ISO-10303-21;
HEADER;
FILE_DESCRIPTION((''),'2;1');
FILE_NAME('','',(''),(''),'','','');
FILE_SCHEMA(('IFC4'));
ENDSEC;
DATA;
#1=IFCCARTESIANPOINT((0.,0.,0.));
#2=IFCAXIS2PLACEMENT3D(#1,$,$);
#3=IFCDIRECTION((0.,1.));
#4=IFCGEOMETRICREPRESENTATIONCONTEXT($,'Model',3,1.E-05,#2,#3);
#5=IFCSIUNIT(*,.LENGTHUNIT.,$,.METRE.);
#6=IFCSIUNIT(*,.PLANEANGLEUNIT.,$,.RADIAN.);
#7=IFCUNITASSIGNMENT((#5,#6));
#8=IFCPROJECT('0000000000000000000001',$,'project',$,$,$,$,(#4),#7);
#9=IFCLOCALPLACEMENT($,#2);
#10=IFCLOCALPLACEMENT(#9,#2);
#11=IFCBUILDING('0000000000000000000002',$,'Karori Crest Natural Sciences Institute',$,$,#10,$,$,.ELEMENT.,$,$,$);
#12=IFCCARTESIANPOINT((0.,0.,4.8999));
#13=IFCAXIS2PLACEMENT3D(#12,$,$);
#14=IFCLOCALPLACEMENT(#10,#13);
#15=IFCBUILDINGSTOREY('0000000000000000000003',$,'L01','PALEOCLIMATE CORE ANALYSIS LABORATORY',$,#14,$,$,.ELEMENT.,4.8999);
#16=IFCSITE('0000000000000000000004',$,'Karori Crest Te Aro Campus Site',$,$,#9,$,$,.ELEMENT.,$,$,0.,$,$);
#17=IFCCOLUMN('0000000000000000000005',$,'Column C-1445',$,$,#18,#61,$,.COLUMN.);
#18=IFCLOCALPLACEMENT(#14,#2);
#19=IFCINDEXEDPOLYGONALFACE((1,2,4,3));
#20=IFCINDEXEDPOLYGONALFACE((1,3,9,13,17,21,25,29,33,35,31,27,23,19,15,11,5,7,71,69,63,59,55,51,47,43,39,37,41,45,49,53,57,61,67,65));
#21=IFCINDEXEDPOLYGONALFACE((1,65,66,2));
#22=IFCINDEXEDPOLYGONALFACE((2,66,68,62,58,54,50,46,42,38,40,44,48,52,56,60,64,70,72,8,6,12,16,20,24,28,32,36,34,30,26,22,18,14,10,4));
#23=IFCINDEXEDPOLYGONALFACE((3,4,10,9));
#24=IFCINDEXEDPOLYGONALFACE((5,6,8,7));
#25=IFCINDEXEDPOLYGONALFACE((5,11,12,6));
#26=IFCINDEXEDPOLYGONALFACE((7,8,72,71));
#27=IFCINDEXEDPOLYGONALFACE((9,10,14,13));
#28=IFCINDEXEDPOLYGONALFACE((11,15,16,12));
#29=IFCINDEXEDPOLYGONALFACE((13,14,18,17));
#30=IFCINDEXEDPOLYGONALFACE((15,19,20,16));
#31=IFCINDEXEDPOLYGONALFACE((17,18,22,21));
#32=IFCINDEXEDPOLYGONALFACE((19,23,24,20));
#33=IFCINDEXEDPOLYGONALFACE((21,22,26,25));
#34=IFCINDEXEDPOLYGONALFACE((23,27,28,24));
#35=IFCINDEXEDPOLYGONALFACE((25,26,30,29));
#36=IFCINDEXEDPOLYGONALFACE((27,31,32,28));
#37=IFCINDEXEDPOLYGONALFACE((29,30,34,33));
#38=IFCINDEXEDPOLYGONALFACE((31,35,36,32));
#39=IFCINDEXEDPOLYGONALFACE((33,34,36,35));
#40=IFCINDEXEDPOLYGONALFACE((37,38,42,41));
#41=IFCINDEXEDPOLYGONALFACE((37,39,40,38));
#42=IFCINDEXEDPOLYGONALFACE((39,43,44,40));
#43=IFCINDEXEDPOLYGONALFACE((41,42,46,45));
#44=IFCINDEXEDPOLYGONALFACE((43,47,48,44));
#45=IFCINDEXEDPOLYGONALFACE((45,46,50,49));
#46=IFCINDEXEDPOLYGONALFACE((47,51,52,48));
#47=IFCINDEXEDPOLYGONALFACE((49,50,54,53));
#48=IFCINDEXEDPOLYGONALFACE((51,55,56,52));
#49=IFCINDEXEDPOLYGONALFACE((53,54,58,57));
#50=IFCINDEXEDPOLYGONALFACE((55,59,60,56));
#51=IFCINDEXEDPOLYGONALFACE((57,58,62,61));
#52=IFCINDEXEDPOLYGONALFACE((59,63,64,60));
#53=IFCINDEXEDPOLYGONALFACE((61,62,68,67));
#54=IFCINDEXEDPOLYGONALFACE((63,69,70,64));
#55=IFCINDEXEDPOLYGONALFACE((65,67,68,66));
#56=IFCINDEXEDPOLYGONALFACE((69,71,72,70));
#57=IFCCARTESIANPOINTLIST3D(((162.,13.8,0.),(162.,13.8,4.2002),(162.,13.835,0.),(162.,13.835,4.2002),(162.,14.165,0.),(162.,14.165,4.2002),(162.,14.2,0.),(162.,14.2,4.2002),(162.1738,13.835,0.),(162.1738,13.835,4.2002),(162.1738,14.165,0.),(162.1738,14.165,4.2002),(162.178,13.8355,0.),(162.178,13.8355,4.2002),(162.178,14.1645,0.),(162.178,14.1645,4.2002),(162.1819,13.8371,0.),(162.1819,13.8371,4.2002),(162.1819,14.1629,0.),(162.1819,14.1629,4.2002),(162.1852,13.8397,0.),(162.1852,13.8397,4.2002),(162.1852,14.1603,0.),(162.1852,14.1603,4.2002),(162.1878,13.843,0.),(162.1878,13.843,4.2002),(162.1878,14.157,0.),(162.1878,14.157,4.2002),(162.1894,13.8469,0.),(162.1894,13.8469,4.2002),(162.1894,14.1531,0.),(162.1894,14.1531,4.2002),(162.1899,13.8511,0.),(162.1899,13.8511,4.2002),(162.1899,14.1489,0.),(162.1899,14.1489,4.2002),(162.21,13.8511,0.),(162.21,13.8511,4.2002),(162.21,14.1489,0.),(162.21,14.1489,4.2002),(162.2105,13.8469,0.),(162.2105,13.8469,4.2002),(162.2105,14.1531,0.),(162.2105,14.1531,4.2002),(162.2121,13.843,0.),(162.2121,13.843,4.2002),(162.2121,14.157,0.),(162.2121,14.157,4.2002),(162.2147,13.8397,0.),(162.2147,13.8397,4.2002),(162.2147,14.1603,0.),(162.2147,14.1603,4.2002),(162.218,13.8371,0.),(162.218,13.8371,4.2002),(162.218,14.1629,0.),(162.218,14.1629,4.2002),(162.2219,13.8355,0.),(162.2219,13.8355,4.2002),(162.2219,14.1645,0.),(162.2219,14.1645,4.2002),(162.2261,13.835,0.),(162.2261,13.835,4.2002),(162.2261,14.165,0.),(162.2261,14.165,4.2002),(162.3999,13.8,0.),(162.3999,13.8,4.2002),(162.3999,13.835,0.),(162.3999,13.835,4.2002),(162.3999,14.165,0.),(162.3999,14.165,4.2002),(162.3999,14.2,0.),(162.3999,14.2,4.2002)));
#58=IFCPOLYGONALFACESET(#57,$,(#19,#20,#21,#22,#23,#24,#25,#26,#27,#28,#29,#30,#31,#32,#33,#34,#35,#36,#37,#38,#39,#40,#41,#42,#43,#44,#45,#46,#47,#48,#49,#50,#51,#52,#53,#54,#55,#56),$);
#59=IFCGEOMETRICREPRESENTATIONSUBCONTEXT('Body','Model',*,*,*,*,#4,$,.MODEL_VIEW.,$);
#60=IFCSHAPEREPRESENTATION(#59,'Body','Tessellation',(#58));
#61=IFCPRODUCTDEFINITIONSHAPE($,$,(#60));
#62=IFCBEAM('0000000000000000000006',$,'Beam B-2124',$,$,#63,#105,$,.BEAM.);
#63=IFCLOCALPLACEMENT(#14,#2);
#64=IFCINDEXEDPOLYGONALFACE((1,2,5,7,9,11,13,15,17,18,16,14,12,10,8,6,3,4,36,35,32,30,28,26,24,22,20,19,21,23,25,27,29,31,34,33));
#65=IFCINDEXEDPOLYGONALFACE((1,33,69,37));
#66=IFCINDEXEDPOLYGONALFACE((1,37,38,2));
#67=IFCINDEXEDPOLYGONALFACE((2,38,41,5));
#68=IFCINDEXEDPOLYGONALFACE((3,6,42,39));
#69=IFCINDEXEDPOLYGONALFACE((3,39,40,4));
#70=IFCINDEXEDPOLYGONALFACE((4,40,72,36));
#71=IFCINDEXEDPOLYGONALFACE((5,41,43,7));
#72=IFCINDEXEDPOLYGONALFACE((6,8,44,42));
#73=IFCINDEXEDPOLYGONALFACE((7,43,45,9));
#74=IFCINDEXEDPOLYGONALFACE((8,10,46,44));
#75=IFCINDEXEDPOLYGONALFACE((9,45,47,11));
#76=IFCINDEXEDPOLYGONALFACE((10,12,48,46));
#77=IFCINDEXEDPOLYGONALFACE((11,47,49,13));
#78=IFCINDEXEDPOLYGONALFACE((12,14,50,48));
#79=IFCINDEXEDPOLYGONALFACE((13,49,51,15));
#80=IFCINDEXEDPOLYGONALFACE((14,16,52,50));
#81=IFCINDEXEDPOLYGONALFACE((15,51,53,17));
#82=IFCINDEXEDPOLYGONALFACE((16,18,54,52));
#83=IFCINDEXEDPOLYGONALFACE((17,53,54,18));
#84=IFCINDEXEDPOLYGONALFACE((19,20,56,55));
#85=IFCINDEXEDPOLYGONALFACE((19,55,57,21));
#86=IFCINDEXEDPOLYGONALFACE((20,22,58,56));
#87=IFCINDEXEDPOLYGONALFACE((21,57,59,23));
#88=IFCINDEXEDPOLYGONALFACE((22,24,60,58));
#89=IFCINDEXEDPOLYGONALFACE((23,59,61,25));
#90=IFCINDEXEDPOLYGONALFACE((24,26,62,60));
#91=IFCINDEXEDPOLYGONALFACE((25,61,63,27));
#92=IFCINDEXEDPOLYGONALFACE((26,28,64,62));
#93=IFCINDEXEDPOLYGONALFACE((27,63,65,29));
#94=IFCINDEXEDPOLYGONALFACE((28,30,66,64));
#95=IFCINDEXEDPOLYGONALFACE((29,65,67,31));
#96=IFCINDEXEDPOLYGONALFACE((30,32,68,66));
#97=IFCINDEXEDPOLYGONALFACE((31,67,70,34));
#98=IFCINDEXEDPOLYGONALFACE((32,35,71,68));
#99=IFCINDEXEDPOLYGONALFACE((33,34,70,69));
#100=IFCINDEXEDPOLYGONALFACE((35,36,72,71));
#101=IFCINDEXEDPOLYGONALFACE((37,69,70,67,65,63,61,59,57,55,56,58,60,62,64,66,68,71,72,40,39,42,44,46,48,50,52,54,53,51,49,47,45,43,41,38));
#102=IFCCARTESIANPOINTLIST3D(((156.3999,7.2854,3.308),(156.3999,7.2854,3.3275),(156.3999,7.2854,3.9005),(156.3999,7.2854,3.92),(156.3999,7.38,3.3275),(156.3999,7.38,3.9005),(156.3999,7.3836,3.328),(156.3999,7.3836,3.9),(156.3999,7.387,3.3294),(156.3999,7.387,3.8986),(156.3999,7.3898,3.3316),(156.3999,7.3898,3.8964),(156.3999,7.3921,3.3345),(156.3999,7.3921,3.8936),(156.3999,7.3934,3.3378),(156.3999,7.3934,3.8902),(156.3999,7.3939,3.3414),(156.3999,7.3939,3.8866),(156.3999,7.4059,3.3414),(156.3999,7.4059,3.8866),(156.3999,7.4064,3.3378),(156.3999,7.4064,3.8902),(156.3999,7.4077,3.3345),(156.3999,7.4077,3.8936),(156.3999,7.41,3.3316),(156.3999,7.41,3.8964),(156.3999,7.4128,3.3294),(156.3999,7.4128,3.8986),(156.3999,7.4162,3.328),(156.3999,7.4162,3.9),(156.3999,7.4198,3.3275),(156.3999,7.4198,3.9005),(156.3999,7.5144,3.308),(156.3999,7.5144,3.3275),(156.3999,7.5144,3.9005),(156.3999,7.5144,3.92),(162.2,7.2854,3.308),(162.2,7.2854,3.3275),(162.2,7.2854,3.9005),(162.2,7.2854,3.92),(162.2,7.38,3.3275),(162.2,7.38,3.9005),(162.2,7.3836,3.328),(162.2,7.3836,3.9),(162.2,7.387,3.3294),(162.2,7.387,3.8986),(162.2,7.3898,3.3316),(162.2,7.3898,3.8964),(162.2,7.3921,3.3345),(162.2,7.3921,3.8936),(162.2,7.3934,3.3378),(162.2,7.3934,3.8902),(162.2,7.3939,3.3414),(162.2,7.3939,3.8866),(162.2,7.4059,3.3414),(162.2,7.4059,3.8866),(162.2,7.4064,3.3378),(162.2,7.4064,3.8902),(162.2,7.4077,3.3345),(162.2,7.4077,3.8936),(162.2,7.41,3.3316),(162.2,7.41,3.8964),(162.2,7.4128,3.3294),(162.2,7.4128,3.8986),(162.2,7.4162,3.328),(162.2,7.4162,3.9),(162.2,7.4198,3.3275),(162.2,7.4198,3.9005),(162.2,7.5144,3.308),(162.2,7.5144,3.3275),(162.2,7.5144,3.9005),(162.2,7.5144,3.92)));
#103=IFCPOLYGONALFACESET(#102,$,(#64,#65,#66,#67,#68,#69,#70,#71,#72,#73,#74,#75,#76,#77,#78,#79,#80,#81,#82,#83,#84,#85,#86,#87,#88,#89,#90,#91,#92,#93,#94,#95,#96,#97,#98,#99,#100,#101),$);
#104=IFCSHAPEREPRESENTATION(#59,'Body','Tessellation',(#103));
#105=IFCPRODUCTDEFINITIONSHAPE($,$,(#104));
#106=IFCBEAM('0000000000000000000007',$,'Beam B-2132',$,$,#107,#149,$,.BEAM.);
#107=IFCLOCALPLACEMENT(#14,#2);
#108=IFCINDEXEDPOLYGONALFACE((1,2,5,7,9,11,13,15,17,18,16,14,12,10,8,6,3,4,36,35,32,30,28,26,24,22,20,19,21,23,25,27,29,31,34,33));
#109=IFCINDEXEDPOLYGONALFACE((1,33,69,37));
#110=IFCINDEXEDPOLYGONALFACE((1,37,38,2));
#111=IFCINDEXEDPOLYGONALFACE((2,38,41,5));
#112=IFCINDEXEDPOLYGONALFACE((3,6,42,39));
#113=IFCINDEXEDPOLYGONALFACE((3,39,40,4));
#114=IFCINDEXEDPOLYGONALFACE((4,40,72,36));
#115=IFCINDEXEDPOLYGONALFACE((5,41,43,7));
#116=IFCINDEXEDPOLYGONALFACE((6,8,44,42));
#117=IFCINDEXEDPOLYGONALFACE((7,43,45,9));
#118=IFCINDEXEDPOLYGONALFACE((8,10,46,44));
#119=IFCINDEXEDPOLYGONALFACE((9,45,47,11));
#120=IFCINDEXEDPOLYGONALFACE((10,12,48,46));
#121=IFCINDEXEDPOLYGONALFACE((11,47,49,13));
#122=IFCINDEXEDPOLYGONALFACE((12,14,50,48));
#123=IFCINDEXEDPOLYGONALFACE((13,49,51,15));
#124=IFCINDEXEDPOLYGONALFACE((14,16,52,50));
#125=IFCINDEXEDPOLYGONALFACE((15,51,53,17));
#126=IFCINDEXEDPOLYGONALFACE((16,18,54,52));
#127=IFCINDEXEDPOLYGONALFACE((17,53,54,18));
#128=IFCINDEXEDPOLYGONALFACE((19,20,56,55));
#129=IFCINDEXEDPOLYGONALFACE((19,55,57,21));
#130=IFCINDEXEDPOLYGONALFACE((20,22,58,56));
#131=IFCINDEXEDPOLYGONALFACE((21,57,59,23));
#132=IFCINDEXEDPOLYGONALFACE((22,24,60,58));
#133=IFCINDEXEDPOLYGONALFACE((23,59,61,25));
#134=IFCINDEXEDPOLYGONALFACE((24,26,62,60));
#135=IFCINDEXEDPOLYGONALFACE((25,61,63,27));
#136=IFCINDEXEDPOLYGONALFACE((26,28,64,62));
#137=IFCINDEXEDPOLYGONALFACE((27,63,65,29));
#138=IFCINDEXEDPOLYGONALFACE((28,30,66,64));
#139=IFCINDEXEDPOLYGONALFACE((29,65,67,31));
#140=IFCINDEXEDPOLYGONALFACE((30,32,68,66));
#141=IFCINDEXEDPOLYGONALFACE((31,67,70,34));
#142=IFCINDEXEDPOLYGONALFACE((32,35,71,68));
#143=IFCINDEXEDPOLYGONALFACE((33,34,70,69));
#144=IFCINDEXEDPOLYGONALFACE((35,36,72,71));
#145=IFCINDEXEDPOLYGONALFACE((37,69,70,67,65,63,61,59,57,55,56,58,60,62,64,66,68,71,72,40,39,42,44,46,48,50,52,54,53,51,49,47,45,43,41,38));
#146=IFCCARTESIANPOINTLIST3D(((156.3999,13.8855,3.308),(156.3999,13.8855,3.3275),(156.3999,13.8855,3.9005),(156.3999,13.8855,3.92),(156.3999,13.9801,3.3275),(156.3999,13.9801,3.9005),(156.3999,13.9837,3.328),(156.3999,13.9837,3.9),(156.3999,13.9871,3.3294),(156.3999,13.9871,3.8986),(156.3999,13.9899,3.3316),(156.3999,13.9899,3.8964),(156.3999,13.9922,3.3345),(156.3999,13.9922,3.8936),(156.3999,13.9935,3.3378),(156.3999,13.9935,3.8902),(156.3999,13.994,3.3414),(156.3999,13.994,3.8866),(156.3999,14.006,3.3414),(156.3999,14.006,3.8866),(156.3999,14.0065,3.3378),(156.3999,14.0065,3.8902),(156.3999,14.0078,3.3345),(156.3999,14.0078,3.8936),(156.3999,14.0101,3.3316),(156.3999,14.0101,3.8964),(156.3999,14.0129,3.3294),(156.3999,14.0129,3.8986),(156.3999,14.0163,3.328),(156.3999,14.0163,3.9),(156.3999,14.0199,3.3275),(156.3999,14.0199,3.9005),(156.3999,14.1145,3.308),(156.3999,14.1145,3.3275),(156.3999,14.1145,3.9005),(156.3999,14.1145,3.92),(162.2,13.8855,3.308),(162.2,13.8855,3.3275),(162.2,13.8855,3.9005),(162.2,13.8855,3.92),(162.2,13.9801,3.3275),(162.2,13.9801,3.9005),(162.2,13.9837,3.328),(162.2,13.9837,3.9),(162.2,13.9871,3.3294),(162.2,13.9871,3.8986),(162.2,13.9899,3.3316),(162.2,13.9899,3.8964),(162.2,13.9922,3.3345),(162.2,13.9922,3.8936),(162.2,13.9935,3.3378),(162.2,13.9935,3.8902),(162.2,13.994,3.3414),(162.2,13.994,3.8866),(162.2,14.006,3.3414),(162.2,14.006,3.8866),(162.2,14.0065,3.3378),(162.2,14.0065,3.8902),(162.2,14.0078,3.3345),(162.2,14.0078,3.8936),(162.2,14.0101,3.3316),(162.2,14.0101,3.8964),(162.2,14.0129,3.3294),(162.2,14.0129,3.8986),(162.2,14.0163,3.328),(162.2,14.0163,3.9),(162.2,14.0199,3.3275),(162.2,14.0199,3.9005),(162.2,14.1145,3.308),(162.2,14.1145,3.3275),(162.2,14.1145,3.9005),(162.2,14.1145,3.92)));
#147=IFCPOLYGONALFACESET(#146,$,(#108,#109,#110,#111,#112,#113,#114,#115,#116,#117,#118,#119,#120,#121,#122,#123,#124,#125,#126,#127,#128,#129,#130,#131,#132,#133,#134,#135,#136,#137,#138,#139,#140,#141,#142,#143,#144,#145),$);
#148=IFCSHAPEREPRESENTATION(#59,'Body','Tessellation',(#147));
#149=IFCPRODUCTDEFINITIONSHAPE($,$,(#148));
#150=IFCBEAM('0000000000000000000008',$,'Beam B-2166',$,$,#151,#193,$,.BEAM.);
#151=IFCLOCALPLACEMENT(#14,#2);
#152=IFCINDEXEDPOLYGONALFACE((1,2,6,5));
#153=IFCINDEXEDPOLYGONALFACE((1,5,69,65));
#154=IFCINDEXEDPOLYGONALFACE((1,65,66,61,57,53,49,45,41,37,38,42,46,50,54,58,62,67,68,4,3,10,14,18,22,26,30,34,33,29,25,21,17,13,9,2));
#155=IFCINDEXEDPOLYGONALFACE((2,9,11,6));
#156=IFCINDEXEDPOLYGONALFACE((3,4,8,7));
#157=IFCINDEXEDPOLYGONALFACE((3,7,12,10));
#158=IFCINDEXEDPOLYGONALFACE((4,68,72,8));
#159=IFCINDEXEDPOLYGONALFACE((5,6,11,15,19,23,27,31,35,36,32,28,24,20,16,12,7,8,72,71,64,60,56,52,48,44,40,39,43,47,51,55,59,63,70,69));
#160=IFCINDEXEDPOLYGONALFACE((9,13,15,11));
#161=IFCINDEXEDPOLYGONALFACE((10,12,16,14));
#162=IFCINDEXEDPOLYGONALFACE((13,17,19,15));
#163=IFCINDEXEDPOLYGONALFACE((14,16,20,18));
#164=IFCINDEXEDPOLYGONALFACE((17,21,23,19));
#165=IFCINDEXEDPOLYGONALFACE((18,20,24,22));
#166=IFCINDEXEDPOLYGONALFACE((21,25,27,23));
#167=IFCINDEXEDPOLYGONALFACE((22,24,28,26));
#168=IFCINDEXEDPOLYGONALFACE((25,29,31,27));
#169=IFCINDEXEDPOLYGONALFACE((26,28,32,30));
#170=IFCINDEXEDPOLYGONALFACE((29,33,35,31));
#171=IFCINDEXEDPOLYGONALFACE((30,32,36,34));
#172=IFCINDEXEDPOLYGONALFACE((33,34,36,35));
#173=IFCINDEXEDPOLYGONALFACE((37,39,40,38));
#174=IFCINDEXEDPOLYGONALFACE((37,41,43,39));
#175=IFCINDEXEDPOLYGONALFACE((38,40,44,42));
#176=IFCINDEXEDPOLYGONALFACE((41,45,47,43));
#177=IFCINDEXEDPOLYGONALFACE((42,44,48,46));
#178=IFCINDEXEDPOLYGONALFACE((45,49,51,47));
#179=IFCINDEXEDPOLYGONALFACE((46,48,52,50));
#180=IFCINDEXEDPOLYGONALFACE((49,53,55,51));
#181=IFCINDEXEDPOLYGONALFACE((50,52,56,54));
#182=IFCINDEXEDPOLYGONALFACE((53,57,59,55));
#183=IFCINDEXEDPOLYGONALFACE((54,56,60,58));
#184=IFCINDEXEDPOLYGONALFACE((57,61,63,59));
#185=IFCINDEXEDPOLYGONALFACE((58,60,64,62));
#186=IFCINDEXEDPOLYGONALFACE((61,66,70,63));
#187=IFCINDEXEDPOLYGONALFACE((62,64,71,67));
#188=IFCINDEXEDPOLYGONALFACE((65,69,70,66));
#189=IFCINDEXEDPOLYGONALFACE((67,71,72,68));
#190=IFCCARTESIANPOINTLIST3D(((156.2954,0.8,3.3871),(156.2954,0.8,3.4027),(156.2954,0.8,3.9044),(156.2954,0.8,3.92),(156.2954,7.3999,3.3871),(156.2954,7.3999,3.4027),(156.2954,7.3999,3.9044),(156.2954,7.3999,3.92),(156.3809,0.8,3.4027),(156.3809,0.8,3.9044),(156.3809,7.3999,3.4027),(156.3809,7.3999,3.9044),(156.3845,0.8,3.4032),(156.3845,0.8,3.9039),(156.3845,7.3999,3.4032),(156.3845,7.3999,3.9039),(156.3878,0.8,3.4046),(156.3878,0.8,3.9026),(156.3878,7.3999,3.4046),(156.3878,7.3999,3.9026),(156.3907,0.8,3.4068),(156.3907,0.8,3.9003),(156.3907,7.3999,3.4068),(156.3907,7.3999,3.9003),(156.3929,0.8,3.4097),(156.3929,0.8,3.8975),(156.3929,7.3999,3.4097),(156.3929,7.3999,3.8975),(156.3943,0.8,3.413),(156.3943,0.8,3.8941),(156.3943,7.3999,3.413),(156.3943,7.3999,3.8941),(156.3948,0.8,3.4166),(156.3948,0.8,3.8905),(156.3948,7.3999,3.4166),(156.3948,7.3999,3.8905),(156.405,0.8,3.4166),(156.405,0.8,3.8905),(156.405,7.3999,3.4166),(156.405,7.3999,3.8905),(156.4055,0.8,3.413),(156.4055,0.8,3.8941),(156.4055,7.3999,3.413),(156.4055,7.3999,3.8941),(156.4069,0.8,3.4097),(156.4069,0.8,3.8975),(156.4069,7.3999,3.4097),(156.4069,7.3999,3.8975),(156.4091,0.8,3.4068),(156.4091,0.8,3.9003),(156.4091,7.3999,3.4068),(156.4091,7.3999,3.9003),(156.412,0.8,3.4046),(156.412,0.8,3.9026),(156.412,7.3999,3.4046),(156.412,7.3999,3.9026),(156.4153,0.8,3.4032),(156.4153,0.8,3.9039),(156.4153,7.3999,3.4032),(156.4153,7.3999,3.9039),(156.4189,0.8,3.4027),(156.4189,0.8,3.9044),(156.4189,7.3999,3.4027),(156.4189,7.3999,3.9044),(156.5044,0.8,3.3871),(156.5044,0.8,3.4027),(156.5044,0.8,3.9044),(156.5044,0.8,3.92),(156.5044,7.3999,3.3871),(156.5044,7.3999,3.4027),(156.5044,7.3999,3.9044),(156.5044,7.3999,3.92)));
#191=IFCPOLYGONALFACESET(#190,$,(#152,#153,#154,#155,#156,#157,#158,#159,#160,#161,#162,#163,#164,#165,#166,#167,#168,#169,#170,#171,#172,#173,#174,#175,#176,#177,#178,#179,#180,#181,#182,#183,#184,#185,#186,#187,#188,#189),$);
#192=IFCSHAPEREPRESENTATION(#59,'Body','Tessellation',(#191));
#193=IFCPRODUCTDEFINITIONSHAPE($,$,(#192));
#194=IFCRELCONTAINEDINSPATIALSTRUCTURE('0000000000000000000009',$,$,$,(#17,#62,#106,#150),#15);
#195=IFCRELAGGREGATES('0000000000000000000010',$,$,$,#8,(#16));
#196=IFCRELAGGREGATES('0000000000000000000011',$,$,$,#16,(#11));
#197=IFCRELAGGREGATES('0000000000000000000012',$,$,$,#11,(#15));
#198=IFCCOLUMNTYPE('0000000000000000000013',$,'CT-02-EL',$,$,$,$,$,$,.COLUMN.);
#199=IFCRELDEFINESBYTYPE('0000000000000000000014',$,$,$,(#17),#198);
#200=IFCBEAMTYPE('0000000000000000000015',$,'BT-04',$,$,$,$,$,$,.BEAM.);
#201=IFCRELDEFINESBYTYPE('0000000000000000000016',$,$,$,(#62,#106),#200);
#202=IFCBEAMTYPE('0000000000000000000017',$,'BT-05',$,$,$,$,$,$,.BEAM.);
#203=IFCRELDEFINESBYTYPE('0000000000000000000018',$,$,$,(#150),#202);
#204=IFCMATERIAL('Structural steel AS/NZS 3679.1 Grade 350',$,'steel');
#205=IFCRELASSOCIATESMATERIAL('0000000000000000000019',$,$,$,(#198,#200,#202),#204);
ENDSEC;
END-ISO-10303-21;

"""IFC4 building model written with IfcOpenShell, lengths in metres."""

from ifc_helpers import new_model, si_unit, direction, frame, origin, origin_2d, place, context, subcontext, project, spatial, i_section, extrude, material, material_profile, profile_set, type_object, element, save


model = new_model("IFC4")

# Units and contexts
model_context = context("Model", 3, precision=1e-05, world=origin(), true_north=direction((0.0, 1.0)))
body_context = subcontext(model_context, "Body", "Model", "MODEL_VIEW")
ifc_project = project(units=[si_unit("LENGTHUNIT", "METRE"), si_unit("PLANEANGLEUNIT", "RADIAN")], contexts=[model_context])

# Site, building, storey
site_placement = place(None, origin())
site = spatial("IfcSite", under=ifc_project, at=site_placement, Name="Karori Crest Te Aro Campus Site", CompositionType="ELEMENT", RefElevation=0.0)
building_placement = place(site_placement, origin())
building = spatial("IfcBuilding", under=site, at=building_placement, Name="Karori Crest Natural Sciences Institute", CompositionType="ELEMENT")
storey_placement = place(building_placement, frame((0.0, 0.0, 4.8999)))
storey = spatial("IfcBuildingStorey", under=building, at=storey_placement, Name="L01", Description="PALEOCLIMATE CORE ANALYSIS LABORATORY", CompositionType="ELEMENT", Elevation=4.8999)

# Column
ifc_material_1 = material(Name="Structural steel AS/NZS 3679.1 Grade 350", Category="steel")
ifc_material_profile_1 = material_profile(ifc_material_1, i_section(OverallWidth=0.3999, OverallDepth=0.3999, WebThickness=0.02, FlangeThickness=0.0349, FilletRadius=0.0161, at=origin_2d()), Name="400WC328")
ifc_profile_set_1 = profile_set([ifc_material_profile_1], Name="Structural steel AS/NZS 3679.1 Grade 350")
column_type_1 = type_object("IfcColumnType", Name="CT-02-EL", PredefinedType="COLUMN", material=ifc_profile_set_1)
for number, where, z_axis, x_axis, name in (
    (1, (162.2, 14.0, 0.0), (0.0, 0.0, 1.0), (1.0, 0.0, 0.0), "Column C-1445"),
):
    element("IfcColumn", number, at=place(storey_placement, frame(where, z_axis=z_axis, x_axis=x_axis)), inside=storey, type_object=column_type_1, Name=name, PredefinedType="COLUMN", context=body_context, shape_type="SweptSolid", body=[
        extrude(i_section(OverallWidth=0.3999, OverallDepth=0.3999, WebThickness=0.02, FlangeThickness=0.0349, FilletRadius=0.0161, at=origin_2d()), origin(), (0.0, 0.0, 1.0), 4.2002),
    ])

# Beams
ifc_material_profile_2 = material_profile(ifc_material_1, i_section(OverallWidth=0.229, OverallDepth=0.6121, WebThickness=0.012, FlangeThickness=0.0195, FilletRadius=0.0139, at=origin_2d()), Name="610UB125")
ifc_profile_set_2 = profile_set([ifc_material_profile_2], Name="Structural steel AS/NZS 3679.1 Grade 350")
beam_type_1 = type_object("IfcBeamType", Name="BT-04", PredefinedType="BEAM", material=ifc_profile_set_2)
for number, where, z_axis, x_axis, name in (
    (2, (156.3999, 7.3999, 3.614), (1.0, 0.0, 0.0), (0.0, 1.0, 0.0), "Beam B-2124"),
    (3, (156.3999, 14.0, 3.614), (1.0, 0.0, 0.0), (0.0, 1.0, 0.0), "Beam B-2132"),
):
    element("IfcBeam", number, at=place(storey_placement, frame(where, z_axis=z_axis, x_axis=x_axis)), inside=storey, type_object=beam_type_1, Name=name, PredefinedType="BEAM", context=body_context, shape_type="SweptSolid", body=[
        extrude(i_section(OverallWidth=0.229, OverallDepth=0.6121, WebThickness=0.012, FlangeThickness=0.0195, FilletRadius=0.0139, at=origin_2d()), origin(), (0.0, 0.0, 1.0), 5.8),
    ])
ifc_material_profile_3 = material_profile(ifc_material_1, i_section(OverallWidth=0.209, OverallDepth=0.533, WebThickness=0.0103, FlangeThickness=0.0156, FilletRadius=0.0139, at=origin_2d()), Name="530UB92.4")
ifc_profile_set_3 = profile_set([ifc_material_profile_3], Name="Structural steel AS/NZS 3679.1 Grade 350")
beam_type_2 = type_object("IfcBeamType", Name="BT-05", PredefinedType="BEAM", material=ifc_profile_set_3)
beam_1_placement = place(storey_placement, frame((156.3999, 0.8, 3.6536), z_axis=(0.0, 1.0, 0.0), x_axis=(-1.0, 0.0, 0.0)))
element("IfcBeam", 4, at=beam_1_placement, inside=storey, type_object=beam_type_2, Name="Beam B-2166", PredefinedType="BEAM", context=body_context, shape_type="SweptSolid", body=[
    extrude(i_section(OverallWidth=0.209, OverallDepth=0.533, WebThickness=0.0103, FlangeThickness=0.0156, FilletRadius=0.0139, at=origin_2d()), origin(), (0.0, 0.0, 1.0), 6.5999),
])

save(model, "model.ifc")
